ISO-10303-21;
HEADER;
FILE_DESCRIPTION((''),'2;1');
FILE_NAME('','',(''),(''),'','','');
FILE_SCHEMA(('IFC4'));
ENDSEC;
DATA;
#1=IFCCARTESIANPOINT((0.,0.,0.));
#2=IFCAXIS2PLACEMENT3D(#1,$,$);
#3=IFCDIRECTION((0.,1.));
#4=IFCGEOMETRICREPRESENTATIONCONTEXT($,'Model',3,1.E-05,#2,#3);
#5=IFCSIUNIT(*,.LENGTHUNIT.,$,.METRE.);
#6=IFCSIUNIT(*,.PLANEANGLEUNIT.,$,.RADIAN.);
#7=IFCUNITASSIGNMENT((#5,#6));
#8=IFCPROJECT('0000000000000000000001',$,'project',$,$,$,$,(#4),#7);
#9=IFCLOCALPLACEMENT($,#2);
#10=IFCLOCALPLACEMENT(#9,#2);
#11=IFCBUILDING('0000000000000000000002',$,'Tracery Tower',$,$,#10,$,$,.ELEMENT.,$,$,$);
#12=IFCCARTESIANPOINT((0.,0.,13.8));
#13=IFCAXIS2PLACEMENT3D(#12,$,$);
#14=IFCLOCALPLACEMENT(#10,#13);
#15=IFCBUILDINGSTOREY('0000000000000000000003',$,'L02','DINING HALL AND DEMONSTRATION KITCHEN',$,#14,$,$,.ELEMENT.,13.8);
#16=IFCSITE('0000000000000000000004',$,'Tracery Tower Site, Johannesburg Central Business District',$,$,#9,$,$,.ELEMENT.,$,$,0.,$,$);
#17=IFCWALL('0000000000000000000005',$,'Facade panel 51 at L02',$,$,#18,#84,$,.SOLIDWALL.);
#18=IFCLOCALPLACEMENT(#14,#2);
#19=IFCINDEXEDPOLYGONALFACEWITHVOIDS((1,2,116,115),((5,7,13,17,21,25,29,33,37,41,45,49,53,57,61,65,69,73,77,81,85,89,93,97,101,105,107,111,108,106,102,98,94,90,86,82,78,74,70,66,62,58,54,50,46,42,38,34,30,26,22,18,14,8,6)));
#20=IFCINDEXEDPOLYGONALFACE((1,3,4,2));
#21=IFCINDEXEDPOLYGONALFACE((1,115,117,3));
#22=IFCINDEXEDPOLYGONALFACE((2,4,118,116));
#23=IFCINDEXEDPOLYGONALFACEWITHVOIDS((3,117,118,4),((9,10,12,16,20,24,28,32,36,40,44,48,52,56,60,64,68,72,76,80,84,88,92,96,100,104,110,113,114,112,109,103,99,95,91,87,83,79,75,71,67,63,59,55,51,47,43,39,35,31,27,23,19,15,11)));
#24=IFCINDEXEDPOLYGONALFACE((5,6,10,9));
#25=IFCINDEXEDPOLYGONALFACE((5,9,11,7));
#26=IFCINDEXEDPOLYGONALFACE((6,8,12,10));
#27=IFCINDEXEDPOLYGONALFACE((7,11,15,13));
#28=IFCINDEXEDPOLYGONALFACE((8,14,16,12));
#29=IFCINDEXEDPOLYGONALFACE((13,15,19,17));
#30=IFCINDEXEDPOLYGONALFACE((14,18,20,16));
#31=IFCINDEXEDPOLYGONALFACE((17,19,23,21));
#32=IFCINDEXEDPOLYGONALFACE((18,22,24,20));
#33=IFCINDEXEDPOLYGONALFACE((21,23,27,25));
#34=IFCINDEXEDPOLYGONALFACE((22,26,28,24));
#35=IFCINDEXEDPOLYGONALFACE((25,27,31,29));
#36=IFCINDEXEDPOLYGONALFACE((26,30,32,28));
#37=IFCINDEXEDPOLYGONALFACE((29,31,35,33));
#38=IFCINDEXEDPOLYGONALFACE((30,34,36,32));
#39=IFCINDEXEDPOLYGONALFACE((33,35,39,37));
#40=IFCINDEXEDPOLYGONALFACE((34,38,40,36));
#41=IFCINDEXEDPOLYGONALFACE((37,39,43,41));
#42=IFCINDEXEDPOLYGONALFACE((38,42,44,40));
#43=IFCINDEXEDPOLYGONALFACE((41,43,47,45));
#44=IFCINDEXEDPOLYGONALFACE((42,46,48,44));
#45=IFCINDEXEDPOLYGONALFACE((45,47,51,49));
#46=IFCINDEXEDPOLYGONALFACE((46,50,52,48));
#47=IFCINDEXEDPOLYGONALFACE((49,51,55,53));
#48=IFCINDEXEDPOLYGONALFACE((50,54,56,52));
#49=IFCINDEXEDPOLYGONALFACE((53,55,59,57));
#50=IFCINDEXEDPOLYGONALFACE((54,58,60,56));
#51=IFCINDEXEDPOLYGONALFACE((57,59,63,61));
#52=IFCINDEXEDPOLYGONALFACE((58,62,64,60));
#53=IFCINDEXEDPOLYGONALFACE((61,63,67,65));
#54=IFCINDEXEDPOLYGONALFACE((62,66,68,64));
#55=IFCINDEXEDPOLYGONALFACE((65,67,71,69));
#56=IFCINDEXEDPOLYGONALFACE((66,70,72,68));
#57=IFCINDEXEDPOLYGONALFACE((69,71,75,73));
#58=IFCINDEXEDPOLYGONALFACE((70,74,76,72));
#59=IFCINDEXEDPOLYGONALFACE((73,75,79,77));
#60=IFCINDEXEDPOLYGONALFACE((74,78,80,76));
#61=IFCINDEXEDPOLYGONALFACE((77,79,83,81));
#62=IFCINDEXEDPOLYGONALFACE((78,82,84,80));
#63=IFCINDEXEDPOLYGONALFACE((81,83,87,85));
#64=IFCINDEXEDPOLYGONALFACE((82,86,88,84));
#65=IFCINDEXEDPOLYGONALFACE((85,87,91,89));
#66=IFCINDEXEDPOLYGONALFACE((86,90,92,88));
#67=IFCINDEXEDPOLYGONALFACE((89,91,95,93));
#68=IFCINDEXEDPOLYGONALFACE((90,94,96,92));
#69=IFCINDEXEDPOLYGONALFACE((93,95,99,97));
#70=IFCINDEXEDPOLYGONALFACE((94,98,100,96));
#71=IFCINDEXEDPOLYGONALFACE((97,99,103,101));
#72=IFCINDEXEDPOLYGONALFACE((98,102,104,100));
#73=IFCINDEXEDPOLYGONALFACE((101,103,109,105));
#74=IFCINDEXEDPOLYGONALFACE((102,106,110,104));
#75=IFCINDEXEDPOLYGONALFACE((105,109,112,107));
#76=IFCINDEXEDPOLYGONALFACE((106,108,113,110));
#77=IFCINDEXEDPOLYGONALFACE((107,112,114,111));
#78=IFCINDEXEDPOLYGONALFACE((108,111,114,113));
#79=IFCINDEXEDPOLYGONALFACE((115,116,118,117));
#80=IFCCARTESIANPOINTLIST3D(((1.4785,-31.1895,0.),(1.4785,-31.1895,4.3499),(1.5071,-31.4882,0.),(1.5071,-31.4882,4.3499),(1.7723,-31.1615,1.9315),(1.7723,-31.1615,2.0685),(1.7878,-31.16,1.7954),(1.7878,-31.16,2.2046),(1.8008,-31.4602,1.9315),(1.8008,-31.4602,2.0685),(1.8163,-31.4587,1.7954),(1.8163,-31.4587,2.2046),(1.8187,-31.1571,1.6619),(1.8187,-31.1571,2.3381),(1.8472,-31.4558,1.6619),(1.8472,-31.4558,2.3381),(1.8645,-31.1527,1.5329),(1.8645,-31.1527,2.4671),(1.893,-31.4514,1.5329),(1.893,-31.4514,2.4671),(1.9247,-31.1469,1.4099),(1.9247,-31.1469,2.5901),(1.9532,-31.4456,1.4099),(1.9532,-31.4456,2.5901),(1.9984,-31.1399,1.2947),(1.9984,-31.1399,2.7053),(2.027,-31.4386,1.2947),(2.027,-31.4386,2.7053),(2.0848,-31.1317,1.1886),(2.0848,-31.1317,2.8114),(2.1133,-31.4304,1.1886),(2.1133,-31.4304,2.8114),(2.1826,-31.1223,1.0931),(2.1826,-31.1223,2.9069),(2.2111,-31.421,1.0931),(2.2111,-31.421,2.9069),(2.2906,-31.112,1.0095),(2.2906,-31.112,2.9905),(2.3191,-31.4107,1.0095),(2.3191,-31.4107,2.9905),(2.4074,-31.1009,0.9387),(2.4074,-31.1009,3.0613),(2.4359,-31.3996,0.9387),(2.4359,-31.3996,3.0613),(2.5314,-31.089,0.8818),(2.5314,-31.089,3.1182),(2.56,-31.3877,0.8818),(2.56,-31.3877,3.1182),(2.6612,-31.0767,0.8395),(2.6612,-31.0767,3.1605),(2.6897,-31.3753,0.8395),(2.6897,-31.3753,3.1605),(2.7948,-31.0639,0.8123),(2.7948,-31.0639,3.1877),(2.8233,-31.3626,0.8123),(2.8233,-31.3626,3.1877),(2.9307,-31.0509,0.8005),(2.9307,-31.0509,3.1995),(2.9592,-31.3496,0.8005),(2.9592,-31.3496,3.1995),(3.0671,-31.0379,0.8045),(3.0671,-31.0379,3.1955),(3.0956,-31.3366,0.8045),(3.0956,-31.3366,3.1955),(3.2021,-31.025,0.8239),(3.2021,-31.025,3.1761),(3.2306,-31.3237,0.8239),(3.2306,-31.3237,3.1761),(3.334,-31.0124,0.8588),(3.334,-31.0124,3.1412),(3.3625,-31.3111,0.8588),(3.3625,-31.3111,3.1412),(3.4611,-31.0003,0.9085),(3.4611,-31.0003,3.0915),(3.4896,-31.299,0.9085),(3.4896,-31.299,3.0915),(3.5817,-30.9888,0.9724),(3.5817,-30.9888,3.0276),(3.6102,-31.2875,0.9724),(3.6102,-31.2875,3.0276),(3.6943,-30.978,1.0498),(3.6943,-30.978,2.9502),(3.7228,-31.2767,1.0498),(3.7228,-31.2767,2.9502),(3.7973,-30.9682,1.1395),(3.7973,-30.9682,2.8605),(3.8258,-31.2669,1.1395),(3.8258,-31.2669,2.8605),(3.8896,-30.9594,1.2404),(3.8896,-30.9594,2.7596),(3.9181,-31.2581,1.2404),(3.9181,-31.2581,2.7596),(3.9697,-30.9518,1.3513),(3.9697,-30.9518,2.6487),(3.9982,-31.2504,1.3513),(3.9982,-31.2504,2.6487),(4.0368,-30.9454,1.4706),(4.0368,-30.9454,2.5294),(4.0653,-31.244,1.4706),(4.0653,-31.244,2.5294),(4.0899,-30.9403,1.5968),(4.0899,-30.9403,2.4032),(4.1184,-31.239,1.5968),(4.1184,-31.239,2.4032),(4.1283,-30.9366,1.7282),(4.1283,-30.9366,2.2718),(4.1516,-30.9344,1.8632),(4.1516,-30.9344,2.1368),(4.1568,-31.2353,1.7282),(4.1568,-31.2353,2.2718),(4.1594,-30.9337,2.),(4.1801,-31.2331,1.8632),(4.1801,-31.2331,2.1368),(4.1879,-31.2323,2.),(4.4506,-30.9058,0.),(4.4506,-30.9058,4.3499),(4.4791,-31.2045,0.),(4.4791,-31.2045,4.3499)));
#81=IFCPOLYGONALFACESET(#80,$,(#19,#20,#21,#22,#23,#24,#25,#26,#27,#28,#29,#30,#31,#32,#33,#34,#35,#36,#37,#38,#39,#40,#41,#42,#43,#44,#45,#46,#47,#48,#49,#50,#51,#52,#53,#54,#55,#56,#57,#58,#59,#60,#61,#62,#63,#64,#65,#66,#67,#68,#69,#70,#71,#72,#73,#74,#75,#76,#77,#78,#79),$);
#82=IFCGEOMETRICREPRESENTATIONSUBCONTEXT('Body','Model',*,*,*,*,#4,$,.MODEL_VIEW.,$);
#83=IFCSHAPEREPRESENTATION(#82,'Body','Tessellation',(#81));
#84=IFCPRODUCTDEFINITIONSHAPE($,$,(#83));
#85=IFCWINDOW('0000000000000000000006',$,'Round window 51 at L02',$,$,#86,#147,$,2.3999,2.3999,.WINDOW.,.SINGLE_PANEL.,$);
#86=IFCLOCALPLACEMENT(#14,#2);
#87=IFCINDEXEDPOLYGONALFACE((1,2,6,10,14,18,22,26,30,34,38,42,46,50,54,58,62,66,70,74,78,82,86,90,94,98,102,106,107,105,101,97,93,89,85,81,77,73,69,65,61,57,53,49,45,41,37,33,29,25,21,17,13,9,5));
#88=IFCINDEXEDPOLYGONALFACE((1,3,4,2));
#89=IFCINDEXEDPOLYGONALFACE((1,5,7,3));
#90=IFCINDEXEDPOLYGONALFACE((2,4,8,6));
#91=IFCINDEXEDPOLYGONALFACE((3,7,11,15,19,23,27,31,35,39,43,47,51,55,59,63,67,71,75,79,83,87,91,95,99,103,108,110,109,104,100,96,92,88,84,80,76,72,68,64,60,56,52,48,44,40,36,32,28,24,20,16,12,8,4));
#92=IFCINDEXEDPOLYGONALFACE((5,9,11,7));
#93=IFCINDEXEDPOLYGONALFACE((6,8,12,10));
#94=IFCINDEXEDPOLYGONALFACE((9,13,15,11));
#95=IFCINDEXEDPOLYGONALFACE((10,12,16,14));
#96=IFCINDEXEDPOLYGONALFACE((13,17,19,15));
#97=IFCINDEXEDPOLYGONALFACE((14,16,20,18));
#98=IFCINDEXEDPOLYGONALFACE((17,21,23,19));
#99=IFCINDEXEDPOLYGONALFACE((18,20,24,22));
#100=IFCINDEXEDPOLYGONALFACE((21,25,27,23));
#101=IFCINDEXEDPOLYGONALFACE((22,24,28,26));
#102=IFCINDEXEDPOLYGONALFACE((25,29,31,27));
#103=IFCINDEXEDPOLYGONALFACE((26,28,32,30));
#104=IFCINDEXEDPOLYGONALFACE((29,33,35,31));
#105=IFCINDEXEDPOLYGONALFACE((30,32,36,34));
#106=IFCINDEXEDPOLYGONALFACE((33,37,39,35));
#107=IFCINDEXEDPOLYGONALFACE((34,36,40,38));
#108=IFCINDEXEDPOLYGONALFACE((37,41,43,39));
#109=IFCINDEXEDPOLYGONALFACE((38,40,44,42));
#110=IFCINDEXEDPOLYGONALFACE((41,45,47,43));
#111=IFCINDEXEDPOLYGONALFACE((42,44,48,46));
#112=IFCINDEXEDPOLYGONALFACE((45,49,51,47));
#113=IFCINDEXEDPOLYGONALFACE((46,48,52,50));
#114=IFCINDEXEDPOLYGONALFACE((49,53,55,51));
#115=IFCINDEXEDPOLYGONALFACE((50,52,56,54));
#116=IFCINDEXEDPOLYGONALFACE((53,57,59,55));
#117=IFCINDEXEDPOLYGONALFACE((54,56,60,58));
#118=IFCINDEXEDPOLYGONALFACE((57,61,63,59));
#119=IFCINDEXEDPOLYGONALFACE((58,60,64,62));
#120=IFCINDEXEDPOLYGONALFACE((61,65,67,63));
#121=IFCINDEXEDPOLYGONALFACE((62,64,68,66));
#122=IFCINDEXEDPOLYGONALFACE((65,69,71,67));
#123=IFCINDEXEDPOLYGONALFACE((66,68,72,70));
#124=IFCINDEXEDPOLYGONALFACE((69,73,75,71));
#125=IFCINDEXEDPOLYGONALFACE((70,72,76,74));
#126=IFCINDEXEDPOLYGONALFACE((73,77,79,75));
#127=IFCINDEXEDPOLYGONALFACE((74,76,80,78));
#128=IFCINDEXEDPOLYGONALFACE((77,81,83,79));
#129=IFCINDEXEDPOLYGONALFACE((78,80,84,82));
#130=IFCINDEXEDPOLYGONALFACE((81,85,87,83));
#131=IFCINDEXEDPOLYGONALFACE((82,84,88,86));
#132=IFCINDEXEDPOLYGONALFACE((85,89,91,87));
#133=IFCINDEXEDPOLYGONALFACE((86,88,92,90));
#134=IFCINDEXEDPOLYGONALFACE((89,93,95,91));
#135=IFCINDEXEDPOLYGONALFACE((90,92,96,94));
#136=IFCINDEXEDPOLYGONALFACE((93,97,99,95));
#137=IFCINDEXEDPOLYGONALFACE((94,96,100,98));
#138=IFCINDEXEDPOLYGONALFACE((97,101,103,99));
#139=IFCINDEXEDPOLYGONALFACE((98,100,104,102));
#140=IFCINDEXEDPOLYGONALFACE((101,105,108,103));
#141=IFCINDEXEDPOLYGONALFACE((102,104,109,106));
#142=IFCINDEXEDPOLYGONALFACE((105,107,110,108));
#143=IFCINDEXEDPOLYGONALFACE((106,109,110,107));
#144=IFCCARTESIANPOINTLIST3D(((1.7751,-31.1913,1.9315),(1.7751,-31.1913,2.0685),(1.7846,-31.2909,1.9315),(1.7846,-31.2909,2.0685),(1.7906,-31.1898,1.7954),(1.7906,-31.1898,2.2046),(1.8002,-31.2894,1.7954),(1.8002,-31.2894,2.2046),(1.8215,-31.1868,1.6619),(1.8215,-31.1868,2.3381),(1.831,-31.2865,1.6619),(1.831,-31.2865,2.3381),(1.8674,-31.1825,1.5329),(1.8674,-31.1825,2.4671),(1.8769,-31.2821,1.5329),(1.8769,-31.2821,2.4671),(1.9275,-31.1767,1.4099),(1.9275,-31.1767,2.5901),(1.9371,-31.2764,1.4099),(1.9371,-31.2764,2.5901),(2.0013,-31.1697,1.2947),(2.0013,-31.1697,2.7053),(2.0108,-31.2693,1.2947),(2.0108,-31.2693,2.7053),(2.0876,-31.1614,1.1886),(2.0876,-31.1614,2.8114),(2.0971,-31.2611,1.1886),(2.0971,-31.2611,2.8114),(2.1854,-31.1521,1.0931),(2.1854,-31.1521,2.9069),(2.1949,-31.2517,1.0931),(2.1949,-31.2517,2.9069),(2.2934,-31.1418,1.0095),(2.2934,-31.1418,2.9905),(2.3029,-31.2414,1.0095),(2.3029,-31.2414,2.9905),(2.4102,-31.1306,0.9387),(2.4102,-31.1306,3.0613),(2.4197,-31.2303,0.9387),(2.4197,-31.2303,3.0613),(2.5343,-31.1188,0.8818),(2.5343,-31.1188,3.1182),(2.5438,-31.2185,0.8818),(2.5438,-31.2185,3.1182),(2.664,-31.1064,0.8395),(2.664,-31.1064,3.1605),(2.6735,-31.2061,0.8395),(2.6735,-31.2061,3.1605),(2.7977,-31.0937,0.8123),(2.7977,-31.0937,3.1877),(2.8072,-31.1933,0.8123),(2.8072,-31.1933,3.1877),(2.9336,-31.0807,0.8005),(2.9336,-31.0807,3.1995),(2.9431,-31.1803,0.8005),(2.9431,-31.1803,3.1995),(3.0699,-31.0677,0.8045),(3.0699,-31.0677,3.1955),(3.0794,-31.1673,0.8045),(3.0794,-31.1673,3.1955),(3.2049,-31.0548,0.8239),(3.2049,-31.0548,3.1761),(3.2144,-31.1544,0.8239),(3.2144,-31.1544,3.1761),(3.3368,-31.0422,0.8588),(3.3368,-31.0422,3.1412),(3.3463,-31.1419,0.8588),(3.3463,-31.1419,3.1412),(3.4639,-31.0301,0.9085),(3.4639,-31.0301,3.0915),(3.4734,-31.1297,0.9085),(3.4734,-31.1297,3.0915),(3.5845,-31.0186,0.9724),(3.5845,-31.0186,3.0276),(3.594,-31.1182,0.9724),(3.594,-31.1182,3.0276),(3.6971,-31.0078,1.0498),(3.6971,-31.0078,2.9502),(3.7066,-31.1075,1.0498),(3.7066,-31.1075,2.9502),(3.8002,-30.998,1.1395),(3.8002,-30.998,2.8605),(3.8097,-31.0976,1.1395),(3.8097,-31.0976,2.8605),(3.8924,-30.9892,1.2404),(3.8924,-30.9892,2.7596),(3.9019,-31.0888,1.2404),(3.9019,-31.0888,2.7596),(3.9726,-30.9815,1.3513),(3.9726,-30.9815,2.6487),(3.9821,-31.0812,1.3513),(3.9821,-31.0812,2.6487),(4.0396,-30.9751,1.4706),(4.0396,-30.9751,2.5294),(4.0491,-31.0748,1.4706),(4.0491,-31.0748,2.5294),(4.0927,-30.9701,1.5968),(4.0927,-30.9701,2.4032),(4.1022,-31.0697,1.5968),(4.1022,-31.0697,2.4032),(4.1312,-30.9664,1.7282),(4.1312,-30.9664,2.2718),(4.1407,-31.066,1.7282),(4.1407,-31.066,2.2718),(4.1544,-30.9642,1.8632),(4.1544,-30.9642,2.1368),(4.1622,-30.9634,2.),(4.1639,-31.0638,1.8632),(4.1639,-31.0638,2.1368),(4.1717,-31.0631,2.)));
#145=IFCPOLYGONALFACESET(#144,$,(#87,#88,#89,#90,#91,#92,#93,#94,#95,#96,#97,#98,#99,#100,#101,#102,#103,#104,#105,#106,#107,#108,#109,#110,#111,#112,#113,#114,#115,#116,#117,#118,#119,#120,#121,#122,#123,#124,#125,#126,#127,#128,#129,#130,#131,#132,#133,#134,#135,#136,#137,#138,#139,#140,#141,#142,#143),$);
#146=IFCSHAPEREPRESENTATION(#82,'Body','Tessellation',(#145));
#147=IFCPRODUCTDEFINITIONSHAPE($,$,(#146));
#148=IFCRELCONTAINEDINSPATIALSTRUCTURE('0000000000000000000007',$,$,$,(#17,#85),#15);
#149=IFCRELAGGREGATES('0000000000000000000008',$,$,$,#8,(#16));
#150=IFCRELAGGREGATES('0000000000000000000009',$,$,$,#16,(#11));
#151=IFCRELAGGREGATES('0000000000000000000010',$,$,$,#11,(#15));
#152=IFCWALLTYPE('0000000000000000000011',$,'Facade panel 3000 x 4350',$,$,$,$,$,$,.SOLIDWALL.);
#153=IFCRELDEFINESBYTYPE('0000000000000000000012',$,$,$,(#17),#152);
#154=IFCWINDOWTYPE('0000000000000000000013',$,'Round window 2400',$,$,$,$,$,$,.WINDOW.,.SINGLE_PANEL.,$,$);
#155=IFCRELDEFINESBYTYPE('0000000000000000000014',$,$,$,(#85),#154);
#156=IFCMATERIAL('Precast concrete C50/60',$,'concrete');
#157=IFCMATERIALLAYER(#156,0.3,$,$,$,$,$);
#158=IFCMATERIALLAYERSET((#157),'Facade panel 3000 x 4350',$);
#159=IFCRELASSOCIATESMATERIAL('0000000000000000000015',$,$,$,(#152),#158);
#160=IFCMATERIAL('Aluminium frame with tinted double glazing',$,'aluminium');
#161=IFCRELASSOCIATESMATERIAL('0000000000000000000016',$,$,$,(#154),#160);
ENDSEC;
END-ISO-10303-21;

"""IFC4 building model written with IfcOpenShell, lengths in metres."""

from ifc_helpers import new_model, si_unit, direction, frame, frame_2d, origin, origin_2d, place, context, subcontext, project, spatial, rectangle, circle, extrude, material, layer, layer_set, type_object, element, fill, save


model = new_model("IFC4")

# Units and contexts
model_context = context("Model", 3, precision=1e-05, world=origin(), true_north=direction((0.0, 1.0)))
body_context = subcontext(model_context, "Body", "Model", "MODEL_VIEW")
ifc_project = project(units=[si_unit("LENGTHUNIT", "METRE"), si_unit("PLANEANGLEUNIT", "RADIAN")], contexts=[model_context])

# Site, building, storey
site_placement = place(None, origin())
site = spatial("IfcSite", under=ifc_project, at=site_placement, Name="Tracery Tower Site, Johannesburg Central Business District", CompositionType="ELEMENT", RefElevation=0.0)
building_placement = place(site_placement, origin())
building = spatial("IfcBuilding", under=site, at=building_placement, Name="Tracery Tower", CompositionType="ELEMENT")
storey_placement = place(building_placement, frame((0.0, 0.0, 13.8)))
storey = spatial("IfcBuildingStorey", under=building, at=storey_placement, Name="L02", Description="DINING HALL AND DEMONSTRATION KITCHEN", CompositionType="ELEMENT", Elevation=13.8)

# Wall, opening, window
ifc_material_1 = material(Name="Precast concrete C50/60", Category="concrete")
ifc_layer_1 = layer(ifc_material_1, 0.3)
ifc_layer_set_1 = layer_set([ifc_layer_1], Name="Facade panel 3000 x 4350")
wall_type_1 = type_object("IfcWallType", Name="Facade panel 3000 x 4350", PredefinedType="SOLIDWALL", material=ifc_layer_set_1)
wall_1_placement = place(storey_placement, frame((1.4929, -31.3389, 0.0), z_axis=(0.0, 0.0, 1.0), x_axis=(0.995476, 0.095017, 0.0)))
wall_1 = element("IfcWall", 1, at=wall_1_placement, inside=storey, type_object=wall_type_1, Name="Facade panel 51 at L02", PredefinedType="SOLIDWALL", context=body_context, shape_type="SweptSolid", body=[
    extrude(rectangle(XDim=2.9856, YDim=0.3, at=frame_2d((1.4927, 0.0))), origin(), (0.0, 0.0, 1.0), 4.3499),
])
opening_1_placement = place(wall_1_placement, frame((1.4929, 0.0, 2.0)))
opening_1 = element("IfcOpeningElement", 2, at=opening_1_placement, cuts=wall_1, PredefinedType="OPENING", context=body_context, shape_type="SweptSolid", body=[
    extrude(circle(Radius=1.2, at=origin_2d()), frame((0.0, 0.1599, 0.0), z_axis=(0.0, -1.0, 0.0), x_axis=(1.0, 0.0, 0.0)), (0.0, 0.0, 1.0), 0.3201),
])
ifc_material_2 = material(Name="Aluminium frame with tinted double glazing", Category="aluminium")
window_type = type_object("IfcWindowType", Name="Round window 2400", PartitioningType="SINGLE_PANEL", PredefinedType="WINDOW", material=ifc_material_2)
window_1_placement = place(opening_1_placement, origin())
window_1 = element("IfcWindow", 3, at=window_1_placement, inside=storey, type_object=window_type, Name="Round window 51 at L02", OverallHeight=2.3999, OverallWidth=2.3999, PartitioningType="SINGLE_PANEL", PredefinedType="WINDOW", context=body_context, shape_type="SweptSolid", body=[
    extrude(circle(Radius=1.2, at=origin_2d()), frame((0.0, 0.1201, 0.0), z_axis=(0.0, -1.0, 0.0), x_axis=(1.0, 0.0, 0.0)), (0.0, 0.0, 1.0), 0.1001),
])
fill(opening_1, window_1)

save(model, "model.ifc")
